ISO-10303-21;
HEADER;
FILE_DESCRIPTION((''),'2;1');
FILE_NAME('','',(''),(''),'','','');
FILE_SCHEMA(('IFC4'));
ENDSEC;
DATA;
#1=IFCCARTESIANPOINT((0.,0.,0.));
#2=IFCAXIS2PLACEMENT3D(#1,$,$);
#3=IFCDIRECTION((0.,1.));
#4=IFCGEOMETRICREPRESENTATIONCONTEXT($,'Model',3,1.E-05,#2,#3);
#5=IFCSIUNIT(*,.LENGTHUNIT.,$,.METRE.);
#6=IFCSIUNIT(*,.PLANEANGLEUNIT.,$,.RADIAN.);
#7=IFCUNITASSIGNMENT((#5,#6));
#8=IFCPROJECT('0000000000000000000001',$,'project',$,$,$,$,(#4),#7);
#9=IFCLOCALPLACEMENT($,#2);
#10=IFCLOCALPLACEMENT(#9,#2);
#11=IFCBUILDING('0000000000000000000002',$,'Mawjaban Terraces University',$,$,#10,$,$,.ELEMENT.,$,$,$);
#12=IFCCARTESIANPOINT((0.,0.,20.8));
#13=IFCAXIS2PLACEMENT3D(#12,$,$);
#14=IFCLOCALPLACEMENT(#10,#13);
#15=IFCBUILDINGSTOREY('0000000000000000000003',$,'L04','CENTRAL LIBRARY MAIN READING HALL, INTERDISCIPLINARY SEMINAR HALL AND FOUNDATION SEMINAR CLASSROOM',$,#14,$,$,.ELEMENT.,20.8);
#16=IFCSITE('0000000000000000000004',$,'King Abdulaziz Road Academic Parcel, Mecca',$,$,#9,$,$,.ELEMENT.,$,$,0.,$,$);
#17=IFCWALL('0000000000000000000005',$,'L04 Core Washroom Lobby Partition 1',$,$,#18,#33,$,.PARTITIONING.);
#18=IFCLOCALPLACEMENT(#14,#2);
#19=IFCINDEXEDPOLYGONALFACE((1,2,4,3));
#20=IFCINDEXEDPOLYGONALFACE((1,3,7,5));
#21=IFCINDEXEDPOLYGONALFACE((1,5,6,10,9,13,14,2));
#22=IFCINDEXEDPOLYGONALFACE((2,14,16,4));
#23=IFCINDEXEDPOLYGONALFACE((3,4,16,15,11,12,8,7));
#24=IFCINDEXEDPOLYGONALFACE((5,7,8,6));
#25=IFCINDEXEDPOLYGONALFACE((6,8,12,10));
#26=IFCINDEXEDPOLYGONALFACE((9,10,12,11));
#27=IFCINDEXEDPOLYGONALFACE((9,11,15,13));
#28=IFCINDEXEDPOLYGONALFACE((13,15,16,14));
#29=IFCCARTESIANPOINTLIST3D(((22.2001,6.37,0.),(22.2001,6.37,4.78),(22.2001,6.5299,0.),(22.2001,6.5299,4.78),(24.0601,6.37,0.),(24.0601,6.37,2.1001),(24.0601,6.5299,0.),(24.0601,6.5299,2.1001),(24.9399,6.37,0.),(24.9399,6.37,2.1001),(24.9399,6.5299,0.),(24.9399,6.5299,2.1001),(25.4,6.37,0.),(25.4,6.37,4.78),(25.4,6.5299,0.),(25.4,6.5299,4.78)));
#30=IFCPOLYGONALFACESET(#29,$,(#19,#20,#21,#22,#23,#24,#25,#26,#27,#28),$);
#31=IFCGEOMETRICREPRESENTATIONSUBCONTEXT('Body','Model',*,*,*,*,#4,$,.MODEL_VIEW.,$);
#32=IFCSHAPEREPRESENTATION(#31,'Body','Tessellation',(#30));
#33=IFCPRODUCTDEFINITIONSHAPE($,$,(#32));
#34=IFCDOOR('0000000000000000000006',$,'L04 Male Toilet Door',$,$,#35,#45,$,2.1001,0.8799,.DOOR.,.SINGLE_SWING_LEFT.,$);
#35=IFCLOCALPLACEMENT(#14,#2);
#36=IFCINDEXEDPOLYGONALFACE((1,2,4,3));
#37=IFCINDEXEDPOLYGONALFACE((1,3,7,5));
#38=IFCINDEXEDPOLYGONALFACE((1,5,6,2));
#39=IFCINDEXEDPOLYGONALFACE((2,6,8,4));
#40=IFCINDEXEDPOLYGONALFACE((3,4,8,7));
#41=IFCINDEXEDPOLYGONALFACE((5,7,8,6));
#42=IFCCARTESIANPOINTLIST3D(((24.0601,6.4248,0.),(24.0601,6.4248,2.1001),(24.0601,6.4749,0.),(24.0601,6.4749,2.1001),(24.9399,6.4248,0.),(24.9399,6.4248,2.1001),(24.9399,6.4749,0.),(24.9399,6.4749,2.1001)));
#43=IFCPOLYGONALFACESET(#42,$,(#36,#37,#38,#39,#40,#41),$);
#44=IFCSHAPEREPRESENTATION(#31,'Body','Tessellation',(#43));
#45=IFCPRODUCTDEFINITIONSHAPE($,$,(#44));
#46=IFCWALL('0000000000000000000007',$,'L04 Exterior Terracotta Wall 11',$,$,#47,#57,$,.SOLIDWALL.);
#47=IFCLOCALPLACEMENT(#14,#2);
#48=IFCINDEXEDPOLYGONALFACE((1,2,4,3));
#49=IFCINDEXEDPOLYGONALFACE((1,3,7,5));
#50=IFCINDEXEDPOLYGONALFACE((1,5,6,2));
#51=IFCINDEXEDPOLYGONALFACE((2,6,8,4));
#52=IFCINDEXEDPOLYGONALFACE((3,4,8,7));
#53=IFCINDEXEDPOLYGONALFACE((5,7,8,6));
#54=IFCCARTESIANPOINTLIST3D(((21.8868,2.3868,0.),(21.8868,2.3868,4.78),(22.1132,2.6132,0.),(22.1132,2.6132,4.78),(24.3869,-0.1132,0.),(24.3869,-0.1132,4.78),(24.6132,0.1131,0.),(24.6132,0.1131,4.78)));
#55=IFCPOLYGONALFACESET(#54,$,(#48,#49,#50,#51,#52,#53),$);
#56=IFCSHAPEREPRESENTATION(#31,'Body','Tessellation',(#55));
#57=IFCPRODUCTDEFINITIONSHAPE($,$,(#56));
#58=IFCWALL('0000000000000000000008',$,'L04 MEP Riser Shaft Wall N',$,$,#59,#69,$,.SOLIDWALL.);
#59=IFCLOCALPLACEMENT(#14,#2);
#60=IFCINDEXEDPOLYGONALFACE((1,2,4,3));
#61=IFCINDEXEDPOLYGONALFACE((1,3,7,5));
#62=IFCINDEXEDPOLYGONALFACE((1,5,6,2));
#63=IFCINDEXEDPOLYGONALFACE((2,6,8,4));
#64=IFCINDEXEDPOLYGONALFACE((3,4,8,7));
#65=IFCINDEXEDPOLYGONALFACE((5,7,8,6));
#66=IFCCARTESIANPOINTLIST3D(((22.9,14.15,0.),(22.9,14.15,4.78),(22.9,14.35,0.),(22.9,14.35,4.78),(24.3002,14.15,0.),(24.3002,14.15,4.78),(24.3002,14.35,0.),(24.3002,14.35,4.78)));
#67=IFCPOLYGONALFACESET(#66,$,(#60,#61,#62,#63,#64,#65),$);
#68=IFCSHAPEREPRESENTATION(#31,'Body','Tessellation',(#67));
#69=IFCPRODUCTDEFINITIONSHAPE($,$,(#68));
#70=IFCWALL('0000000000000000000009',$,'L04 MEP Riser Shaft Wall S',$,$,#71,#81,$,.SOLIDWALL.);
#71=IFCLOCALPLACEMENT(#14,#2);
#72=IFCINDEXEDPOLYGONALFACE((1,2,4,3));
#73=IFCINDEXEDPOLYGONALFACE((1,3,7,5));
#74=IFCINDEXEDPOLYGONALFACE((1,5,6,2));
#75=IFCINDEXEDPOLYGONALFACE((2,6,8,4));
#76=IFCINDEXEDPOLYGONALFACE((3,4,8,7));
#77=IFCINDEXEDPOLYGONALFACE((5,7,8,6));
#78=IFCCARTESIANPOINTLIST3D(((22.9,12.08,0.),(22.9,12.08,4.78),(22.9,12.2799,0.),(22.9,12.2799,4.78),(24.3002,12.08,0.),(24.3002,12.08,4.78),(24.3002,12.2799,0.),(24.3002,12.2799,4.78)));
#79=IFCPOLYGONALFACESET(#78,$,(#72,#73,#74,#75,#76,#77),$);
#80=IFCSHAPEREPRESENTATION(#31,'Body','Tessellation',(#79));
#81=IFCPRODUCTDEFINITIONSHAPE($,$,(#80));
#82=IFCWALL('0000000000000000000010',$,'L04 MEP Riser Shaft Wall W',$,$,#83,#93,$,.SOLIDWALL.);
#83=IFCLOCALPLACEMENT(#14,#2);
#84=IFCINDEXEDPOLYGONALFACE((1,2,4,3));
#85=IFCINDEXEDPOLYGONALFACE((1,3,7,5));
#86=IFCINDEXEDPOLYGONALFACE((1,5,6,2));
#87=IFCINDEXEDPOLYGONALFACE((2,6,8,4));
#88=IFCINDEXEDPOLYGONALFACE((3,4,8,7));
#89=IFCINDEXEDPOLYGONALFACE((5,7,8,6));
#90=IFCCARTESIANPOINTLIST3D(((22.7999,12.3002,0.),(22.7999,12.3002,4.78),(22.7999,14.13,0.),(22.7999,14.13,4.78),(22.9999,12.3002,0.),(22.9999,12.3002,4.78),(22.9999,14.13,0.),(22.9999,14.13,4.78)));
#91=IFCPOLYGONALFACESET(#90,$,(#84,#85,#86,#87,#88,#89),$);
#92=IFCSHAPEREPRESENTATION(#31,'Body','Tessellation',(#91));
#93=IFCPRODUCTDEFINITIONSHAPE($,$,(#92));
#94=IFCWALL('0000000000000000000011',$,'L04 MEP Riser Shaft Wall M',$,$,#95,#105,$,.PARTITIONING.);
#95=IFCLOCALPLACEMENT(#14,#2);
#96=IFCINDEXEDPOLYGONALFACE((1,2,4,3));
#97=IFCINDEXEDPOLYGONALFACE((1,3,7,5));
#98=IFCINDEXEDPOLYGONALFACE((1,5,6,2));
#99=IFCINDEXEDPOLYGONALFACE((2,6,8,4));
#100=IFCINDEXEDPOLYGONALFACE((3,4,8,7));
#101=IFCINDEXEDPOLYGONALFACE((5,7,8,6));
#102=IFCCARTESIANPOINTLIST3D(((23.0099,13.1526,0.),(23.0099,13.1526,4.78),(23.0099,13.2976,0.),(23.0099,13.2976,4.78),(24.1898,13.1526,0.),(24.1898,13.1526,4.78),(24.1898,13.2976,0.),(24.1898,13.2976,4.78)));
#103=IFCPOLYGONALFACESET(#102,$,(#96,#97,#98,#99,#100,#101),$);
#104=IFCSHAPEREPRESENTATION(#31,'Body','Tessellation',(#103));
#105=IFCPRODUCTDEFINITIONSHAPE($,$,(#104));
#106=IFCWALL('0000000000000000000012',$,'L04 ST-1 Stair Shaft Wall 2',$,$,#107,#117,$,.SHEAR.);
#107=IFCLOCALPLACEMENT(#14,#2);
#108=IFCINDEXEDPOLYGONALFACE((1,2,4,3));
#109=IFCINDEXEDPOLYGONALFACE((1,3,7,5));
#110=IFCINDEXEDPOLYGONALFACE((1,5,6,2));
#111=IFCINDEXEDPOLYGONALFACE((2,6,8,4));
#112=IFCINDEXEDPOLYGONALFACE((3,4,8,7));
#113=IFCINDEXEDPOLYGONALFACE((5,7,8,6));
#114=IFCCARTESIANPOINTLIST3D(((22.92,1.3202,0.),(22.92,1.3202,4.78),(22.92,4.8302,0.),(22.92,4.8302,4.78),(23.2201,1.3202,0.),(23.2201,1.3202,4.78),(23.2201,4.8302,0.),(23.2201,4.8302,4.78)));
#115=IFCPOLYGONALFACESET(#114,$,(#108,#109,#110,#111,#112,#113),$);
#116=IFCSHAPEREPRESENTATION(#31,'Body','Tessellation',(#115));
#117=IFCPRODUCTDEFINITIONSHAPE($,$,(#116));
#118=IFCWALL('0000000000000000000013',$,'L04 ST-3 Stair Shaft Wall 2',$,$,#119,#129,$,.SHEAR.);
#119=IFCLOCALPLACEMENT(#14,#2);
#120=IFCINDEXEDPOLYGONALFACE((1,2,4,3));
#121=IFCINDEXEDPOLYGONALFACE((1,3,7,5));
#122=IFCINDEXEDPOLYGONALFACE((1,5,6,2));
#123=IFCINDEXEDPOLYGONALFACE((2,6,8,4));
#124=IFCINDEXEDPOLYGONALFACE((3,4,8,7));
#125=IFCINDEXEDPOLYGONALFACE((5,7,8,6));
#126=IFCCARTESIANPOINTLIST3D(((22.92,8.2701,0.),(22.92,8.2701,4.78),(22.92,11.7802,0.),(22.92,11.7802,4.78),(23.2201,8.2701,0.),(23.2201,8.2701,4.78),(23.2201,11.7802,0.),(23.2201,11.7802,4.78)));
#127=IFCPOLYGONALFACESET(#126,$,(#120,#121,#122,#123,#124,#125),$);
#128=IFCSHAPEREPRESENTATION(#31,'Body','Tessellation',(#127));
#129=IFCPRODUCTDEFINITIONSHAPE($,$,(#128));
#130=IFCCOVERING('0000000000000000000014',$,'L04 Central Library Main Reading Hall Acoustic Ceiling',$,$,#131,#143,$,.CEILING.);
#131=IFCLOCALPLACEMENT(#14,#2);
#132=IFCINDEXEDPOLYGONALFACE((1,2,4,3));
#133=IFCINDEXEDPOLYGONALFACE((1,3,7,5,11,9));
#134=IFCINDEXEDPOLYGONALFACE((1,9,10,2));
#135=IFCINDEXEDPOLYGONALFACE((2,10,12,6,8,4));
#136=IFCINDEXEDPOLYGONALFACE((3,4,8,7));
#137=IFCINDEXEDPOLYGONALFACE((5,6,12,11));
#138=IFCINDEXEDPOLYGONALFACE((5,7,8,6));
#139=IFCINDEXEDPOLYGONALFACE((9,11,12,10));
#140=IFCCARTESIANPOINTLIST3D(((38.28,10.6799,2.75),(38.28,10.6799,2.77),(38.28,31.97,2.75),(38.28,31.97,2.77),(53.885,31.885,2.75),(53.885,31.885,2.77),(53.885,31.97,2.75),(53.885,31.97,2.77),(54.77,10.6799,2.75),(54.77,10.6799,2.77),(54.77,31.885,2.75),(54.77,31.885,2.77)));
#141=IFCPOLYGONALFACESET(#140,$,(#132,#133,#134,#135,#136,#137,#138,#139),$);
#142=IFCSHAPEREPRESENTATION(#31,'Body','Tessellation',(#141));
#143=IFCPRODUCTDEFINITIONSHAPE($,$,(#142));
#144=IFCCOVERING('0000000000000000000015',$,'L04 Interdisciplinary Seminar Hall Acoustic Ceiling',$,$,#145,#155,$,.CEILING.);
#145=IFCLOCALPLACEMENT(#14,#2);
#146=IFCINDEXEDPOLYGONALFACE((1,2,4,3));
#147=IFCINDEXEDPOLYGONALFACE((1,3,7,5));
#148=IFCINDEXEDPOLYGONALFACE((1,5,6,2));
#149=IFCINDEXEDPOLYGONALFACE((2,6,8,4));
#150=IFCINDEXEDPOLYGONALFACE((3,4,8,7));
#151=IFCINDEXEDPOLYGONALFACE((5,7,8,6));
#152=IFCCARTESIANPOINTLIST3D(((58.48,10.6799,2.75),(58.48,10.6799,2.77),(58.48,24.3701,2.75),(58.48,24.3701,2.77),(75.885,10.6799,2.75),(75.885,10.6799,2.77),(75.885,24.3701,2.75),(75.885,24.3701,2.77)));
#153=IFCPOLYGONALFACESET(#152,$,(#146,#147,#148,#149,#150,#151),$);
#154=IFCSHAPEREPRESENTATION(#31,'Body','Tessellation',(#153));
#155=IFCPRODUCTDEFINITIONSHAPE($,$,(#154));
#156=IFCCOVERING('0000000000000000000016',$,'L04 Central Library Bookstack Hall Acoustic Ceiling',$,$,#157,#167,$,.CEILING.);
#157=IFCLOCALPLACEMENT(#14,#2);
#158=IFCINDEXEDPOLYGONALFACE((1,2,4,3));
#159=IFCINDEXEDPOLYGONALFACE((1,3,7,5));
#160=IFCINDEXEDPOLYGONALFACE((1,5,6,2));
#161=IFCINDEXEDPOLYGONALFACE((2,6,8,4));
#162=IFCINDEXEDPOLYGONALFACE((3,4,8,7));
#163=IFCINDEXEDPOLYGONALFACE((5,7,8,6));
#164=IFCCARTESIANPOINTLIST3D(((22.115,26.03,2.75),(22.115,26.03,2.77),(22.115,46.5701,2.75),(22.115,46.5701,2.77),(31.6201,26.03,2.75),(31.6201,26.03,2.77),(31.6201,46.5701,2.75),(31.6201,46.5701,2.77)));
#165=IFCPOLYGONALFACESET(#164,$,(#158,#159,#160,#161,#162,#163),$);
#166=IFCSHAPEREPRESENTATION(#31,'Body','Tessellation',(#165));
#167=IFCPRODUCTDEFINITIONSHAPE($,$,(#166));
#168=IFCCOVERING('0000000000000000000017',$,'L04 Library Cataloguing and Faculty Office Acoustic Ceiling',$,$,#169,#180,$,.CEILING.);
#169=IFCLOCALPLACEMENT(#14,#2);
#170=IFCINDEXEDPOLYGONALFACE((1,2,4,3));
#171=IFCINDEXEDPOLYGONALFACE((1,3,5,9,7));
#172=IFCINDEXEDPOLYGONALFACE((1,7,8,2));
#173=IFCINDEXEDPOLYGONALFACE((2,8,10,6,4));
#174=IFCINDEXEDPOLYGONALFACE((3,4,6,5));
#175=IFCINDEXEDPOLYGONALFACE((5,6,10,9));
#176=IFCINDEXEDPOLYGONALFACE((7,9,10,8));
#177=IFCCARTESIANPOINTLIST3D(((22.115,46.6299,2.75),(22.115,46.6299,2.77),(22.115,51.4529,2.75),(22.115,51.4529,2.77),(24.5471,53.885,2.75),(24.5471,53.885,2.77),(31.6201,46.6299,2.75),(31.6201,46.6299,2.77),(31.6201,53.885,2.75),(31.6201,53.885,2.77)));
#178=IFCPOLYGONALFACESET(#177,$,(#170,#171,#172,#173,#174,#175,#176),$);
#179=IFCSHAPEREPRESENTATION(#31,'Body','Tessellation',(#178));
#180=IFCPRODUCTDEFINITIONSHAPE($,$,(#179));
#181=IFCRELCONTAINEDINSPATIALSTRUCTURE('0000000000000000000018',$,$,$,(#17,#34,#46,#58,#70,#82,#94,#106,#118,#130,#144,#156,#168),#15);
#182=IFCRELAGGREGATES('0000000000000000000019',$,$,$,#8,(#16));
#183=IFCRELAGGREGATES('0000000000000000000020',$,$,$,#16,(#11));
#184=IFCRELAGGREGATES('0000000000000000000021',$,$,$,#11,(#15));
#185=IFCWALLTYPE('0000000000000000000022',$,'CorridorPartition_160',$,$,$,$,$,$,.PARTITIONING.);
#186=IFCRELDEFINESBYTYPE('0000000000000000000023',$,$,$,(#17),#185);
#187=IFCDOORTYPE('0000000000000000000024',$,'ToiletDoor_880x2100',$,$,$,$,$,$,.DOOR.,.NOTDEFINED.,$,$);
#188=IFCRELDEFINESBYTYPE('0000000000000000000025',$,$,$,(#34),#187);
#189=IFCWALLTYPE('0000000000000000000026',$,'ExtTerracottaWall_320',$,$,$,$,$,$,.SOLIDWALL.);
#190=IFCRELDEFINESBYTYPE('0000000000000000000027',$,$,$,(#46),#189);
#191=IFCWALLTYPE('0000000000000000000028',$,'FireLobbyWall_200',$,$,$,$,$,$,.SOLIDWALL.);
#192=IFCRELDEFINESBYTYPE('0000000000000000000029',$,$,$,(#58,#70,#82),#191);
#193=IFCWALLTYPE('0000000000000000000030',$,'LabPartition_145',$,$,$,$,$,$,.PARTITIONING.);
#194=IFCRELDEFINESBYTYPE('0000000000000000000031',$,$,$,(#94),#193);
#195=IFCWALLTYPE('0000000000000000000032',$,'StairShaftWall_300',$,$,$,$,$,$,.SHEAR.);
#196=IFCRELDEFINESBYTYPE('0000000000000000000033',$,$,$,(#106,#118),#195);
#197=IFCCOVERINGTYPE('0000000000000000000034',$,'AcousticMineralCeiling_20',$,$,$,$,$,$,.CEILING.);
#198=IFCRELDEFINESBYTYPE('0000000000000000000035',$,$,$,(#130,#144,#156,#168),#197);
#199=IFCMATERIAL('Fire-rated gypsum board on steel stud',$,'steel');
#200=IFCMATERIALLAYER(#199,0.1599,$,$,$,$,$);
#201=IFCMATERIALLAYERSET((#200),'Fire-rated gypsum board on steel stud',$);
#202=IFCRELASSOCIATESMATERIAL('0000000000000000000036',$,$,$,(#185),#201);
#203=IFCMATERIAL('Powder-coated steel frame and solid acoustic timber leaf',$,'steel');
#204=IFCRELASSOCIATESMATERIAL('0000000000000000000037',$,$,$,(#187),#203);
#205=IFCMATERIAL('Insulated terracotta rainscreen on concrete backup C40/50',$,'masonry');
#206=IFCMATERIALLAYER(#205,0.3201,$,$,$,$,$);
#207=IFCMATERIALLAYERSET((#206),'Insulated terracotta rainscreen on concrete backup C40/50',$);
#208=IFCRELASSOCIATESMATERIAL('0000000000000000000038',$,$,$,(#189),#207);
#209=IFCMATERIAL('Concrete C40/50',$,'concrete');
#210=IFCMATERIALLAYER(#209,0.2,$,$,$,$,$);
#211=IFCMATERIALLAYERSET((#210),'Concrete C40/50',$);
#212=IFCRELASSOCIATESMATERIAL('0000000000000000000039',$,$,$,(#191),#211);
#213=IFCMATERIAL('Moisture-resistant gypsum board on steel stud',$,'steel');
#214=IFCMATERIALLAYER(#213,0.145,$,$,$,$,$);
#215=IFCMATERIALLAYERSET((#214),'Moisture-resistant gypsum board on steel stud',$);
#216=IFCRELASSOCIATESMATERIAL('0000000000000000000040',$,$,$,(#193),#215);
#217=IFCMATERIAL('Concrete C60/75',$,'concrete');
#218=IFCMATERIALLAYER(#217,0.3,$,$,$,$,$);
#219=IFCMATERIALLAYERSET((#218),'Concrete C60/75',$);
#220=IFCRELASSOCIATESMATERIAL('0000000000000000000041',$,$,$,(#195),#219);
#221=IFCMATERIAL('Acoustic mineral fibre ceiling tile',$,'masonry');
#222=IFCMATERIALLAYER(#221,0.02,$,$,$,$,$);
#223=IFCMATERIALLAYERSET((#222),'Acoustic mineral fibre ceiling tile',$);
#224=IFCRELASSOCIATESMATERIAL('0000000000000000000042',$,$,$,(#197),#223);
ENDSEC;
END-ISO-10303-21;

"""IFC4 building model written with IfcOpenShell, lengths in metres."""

from ifc_helpers import new_model, si_unit, direction, frame, frame_2d, origin, place, context, subcontext, project, spatial, polyline, rectangle, outline, extrude, material, layer, layer_set, type_object, element, fill, save


model = new_model("IFC4")

# Units and contexts
model_context = context("Model", 3, precision=1e-05, world=origin(), true_north=direction((0.0, 1.0)))
body_context = subcontext(model_context, "Body", "Model", "MODEL_VIEW")
ifc_project = project(units=[si_unit("LENGTHUNIT", "METRE"), si_unit("PLANEANGLEUNIT", "RADIAN")], contexts=[model_context])

# Site, building, storey
site_placement = place(None, origin())
site = spatial("IfcSite", under=ifc_project, at=site_placement, Name="King Abdulaziz Road Academic Parcel, Mecca", CompositionType="ELEMENT", RefElevation=0.0)
building_placement = place(site_placement, origin())
building = spatial("IfcBuilding", under=site, at=building_placement, Name="Mawjaban Terraces University", CompositionType="ELEMENT")
storey_placement = place(building_placement, frame((0.0, 0.0, 20.8)))
storey = spatial("IfcBuildingStorey", under=building, at=storey_placement, Name="L04", Description="CENTRAL LIBRARY MAIN READING HALL, INTERDISCIPLINARY SEMINAR HALL AND FOUNDATION SEMINAR CLASSROOM", CompositionType="ELEMENT", Elevation=20.8)

# Shared definitions
ifc_material_1 = material(Name="Concrete C40/50", Category="concrete")

# Wall, opening, door
ifc_material_2 = material(Name="Fire-rated gypsum board on steel stud", Category="steel")
ifc_layer_1 = layer(ifc_material_2, 0.1599)
ifc_layer_set_1 = layer_set([ifc_layer_1], Name="Fire-rated gypsum board on steel stud")
wall_type_1 = type_object("IfcWallType", Name="CorridorPartition_160", PredefinedType="PARTITIONING", material=ifc_layer_set_1)
wall_1_placement = place(storey_placement, frame((22.2, 6.45, 0.0), z_axis=(0.0, 0.0, 1.0), x_axis=(1.0, 0.0, 0.0)))
wall_1 = element("IfcWall", 1, at=wall_1_placement, inside=storey, type_object=wall_type_1, Name="L04 Core Washroom Lobby Partition 1", PredefinedType="PARTITIONING", context=body_context, shape_type="SweptSolid", body=[
    extrude(rectangle(XDim=3.2, YDim=0.1599, at=frame_2d((1.6001, 0.0))), origin(), (0.0, 0.0, 1.0), 4.78),
])
opening_placement = place(wall_1_placement, frame((1.8601, 0.0, 0.0)))
opening = element("IfcOpeningElement", 2, at=opening_placement, cuts=wall_1, PredefinedType="OPENING", context=body_context, shape_type="SweptSolid", body=[
    extrude(rectangle(XDim=0.8799, YDim=2.1001, at=frame_2d((0.4399, 1.05))), frame((0.0, 0.0898, 0.0), z_axis=(0.0, -1.0, 0.0), x_axis=(1.0, 0.0, 0.0)), (0.0, 0.0, 1.0), 0.1799),
])
ifc_material_3 = material(Name="Powder-coated steel frame and solid acoustic timber leaf", Category="steel")
door_type = type_object("IfcDoorType", Name="ToiletDoor_880x2100", OperationType="NOTDEFINED", PredefinedType="DOOR", material=ifc_material_3)
door_placement = place(opening_placement, origin())
door = element("IfcDoor", 3, at=door_placement, inside=storey, type_object=door_type, Name="L04 Male Toilet Door", OperationType="SINGLE_SWING_LEFT", OverallHeight=2.1001, OverallWidth=0.8799, PredefinedType="DOOR", context=body_context, shape_type="SweptSolid", body=[
    extrude(rectangle(XDim=0.8799, YDim=2.1001, at=frame_2d((0.4399, 1.05))), frame((0.0, 0.0249, 0.0), z_axis=(0.0, -1.0, 0.0), x_axis=(1.0, 0.0, 0.0)), (0.0, 0.0, 1.0), 0.05),
])
fill(opening, door)

# Walls
ifc_material_4 = material(Name="Insulated terracotta rainscreen on concrete backup C40/50", Category="masonry")
ifc_layer_2 = layer(ifc_material_4, 0.3201)
ifc_layer_set_2 = layer_set([ifc_layer_2], Name="Insulated terracotta rainscreen on concrete backup C40/50")
wall_type_2 = type_object("IfcWallType", Name="ExtTerracottaWall_320", PredefinedType="SOLIDWALL", material=ifc_layer_set_2)
wall_2_placement = place(storey_placement, frame((22.0, 2.5, 0.0), z_axis=(0.0, 0.0, 1.0), x_axis=(0.707107, -0.707107, 0.0)))
element("IfcWall", 4, at=wall_2_placement, inside=storey, type_object=wall_type_2, Name="L04 Exterior Terracotta Wall 11", PredefinedType="SOLIDWALL", context=body_context, shape_type="SweptSolid", body=[
    extrude(rectangle(XDim=3.5356, YDim=0.3201, at=frame_2d((1.7678, 0.0))), origin(), (0.0, 0.0, 1.0), 4.78),
])
ifc_layer_3 = layer(ifc_material_1, 0.2)
ifc_layer_set_3 = layer_set([ifc_layer_3], Name="Concrete C40/50")
wall_type_3 = type_object("IfcWallType", Name="FireLobbyWall_200", PredefinedType="SOLIDWALL", material=ifc_layer_set_3)
for number, where, z_axis, x_axis, name in (
    (5, (22.8999, 14.25, 0.0), (0.0, 0.0, 1.0), (1.0, 0.0, 0.0), "L04 MEP Riser Shaft Wall N"),
    (6, (22.8999, 12.1799, 0.0), (0.0, 0.0, 1.0), (1.0, 0.0, 0.0), "L04 MEP Riser Shaft Wall S"),
):
    element("IfcWall", number, at=place(storey_placement, frame(where, z_axis=z_axis, x_axis=x_axis)), inside=storey, type_object=wall_type_3, Name=name, PredefinedType="SOLIDWALL", context=body_context, shape_type="SweptSolid", body=[
        extrude(rectangle(XDim=1.4001, YDim=0.2, at=frame_2d((0.7002, 0.0))), origin(), (0.0, 0.0, 1.0), 4.78),
    ])
wall_3_placement = place(storey_placement, frame((22.8999, 12.3, 0.0), z_axis=(0.0, 0.0, 1.0), x_axis=(0.0, 1.0, 0.0)))
element("IfcWall", 7, at=wall_3_placement, inside=storey, type_object=wall_type_3, Name="L04 MEP Riser Shaft Wall W", PredefinedType="SOLIDWALL", context=body_context, shape_type="SweptSolid", body=[
    extrude(rectangle(XDim=1.8298, YDim=0.2, at=frame_2d((0.915, 0.0))), origin(), (0.0, 0.0, 1.0), 4.78),
])
ifc_material_5 = material(Name="Moisture-resistant gypsum board on steel stud", Category="steel")
ifc_layer_4 = layer(ifc_material_5, 0.145)
ifc_layer_set_4 = layer_set([ifc_layer_4], Name="Moisture-resistant gypsum board on steel stud")
wall_type_4 = type_object("IfcWallType", Name="LabPartition_145", PredefinedType="PARTITIONING", material=ifc_layer_set_4)
wall_4_placement = place(storey_placement, frame((23.01, 13.2251, 0.0), z_axis=(0.0, 0.0, 1.0), x_axis=(1.0, 0.0, 0.0)))
element("IfcWall", 8, at=wall_4_placement, inside=storey, type_object=wall_type_4, Name="L04 MEP Riser Shaft Wall M", PredefinedType="PARTITIONING", context=body_context, shape_type="SweptSolid", body=[
    extrude(rectangle(XDim=1.1799, YDim=0.145, at=frame_2d((0.5898, 0.0))), origin(), (0.0, 0.0, 1.0), 4.78),
])
ifc_material_6 = material(Name="Concrete C60/75", Category="concrete")
ifc_layer_5 = layer(ifc_material_6, 0.3)
ifc_layer_set_5 = layer_set([ifc_layer_5], Name="Concrete C60/75")
wall_type_5 = type_object("IfcWallType", Name="StairShaftWall_300", PredefinedType="SHEAR", material=ifc_layer_set_5)
for number, where, z_axis, x_axis, name in (
    (9, (23.0701, 4.8301, 0.0), (0.0, 0.0, 1.0), (0.0, -1.0, 0.0), "L04 ST-1 Stair Shaft Wall 2"),
    (10, (23.0701, 11.78, 0.0), (0.0, 0.0, 1.0), (0.0, -1.0, 0.0), "L04 ST-3 Stair Shaft Wall 2"),
):
    element("IfcWall", number, at=place(storey_placement, frame(where, z_axis=z_axis, x_axis=x_axis)), inside=storey, type_object=wall_type_5, Name=name, PredefinedType="SHEAR", context=body_context, shape_type="SweptSolid", body=[
        extrude(rectangle(XDim=3.51, YDim=0.3, at=frame_2d((1.7549, 0.0))), origin(), (0.0, 0.0, 1.0), 4.78),
    ])

# Coverings
ifc_material_7 = material(Name="Acoustic mineral fibre ceiling tile", Category="masonry")
ifc_layer_6 = layer(ifc_material_7, 0.02)
ifc_layer_set_6 = layer_set([ifc_layer_6], Name="Acoustic mineral fibre ceiling tile")
covering_type_1 = type_object("IfcCoveringType", Name="AcousticMineralCeiling_20", PredefinedType="CEILING", material=ifc_layer_set_6)
covering_1_placement = place(storey_placement, frame((0.0, 0.0, 2.75)))
element("IfcCovering", 11, at=covering_1_placement, inside=storey, type_object=covering_type_1, Name="L04 Central Library Main Reading Hall Acoustic Ceiling", PredefinedType="CEILING", context=body_context, shape_type="SweptSolid", body=[
    extrude(outline(polyline([(54.77, 31.885), (53.885, 31.885), (53.885, 31.97), (38.28, 31.97), (38.28, 10.6799), (54.77, 10.6799), (54.77, 31.885)])), origin(), (0.0, 0.0, 1.0), 0.02),
])
covering_2_placement = place(storey_placement, frame((0.0, 0.0, 2.75)))
element("IfcCovering", 12, at=covering_2_placement, inside=storey, type_object=covering_type_1, Name="L04 Interdisciplinary Seminar Hall Acoustic Ceiling", PredefinedType="CEILING", context=body_context, shape_type="SweptSolid", body=[
    extrude(outline(polyline([(75.885, 10.6799), (75.885, 24.3701), (58.48, 24.3701), (58.48, 10.6799), (75.885, 10.6799)])), origin(), (0.0, 0.0, 1.0), 0.02),
])
covering_3_placement = place(storey_placement, frame((0.0, 0.0, 2.75)))
element("IfcCovering", 13, at=covering_3_placement, inside=storey, type_object=covering_type_1, Name="L04 Central Library Bookstack Hall Acoustic Ceiling", PredefinedType="CEILING", context=body_context, shape_type="SweptSolid", body=[
    extrude(outline(polyline([(22.115, 46.5701), (22.115, 26.03), (31.6201, 26.03), (31.6201, 46.5701), (22.115, 46.5701)])), origin(), (0.0, 0.0, 1.0), 0.02),
])
covering_4_placement = place(storey_placement, frame((0.0, 0.0, 2.75)))
element("IfcCovering", 14, at=covering_4_placement, inside=storey, type_object=covering_type_1, Name="L04 Library Cataloguing and Faculty Office Acoustic Ceiling", PredefinedType="CEILING", context=body_context, shape_type="SweptSolid", body=[
    extrude(outline(polyline([(31.6201, 53.885), (24.5471, 53.885), (22.115, 51.4529), (22.115, 46.6299), (31.6201, 46.6299), (31.6201, 53.885)])), origin(), (0.0, 0.0, 1.0), 0.02),
])

save(model, "model.ifc")
